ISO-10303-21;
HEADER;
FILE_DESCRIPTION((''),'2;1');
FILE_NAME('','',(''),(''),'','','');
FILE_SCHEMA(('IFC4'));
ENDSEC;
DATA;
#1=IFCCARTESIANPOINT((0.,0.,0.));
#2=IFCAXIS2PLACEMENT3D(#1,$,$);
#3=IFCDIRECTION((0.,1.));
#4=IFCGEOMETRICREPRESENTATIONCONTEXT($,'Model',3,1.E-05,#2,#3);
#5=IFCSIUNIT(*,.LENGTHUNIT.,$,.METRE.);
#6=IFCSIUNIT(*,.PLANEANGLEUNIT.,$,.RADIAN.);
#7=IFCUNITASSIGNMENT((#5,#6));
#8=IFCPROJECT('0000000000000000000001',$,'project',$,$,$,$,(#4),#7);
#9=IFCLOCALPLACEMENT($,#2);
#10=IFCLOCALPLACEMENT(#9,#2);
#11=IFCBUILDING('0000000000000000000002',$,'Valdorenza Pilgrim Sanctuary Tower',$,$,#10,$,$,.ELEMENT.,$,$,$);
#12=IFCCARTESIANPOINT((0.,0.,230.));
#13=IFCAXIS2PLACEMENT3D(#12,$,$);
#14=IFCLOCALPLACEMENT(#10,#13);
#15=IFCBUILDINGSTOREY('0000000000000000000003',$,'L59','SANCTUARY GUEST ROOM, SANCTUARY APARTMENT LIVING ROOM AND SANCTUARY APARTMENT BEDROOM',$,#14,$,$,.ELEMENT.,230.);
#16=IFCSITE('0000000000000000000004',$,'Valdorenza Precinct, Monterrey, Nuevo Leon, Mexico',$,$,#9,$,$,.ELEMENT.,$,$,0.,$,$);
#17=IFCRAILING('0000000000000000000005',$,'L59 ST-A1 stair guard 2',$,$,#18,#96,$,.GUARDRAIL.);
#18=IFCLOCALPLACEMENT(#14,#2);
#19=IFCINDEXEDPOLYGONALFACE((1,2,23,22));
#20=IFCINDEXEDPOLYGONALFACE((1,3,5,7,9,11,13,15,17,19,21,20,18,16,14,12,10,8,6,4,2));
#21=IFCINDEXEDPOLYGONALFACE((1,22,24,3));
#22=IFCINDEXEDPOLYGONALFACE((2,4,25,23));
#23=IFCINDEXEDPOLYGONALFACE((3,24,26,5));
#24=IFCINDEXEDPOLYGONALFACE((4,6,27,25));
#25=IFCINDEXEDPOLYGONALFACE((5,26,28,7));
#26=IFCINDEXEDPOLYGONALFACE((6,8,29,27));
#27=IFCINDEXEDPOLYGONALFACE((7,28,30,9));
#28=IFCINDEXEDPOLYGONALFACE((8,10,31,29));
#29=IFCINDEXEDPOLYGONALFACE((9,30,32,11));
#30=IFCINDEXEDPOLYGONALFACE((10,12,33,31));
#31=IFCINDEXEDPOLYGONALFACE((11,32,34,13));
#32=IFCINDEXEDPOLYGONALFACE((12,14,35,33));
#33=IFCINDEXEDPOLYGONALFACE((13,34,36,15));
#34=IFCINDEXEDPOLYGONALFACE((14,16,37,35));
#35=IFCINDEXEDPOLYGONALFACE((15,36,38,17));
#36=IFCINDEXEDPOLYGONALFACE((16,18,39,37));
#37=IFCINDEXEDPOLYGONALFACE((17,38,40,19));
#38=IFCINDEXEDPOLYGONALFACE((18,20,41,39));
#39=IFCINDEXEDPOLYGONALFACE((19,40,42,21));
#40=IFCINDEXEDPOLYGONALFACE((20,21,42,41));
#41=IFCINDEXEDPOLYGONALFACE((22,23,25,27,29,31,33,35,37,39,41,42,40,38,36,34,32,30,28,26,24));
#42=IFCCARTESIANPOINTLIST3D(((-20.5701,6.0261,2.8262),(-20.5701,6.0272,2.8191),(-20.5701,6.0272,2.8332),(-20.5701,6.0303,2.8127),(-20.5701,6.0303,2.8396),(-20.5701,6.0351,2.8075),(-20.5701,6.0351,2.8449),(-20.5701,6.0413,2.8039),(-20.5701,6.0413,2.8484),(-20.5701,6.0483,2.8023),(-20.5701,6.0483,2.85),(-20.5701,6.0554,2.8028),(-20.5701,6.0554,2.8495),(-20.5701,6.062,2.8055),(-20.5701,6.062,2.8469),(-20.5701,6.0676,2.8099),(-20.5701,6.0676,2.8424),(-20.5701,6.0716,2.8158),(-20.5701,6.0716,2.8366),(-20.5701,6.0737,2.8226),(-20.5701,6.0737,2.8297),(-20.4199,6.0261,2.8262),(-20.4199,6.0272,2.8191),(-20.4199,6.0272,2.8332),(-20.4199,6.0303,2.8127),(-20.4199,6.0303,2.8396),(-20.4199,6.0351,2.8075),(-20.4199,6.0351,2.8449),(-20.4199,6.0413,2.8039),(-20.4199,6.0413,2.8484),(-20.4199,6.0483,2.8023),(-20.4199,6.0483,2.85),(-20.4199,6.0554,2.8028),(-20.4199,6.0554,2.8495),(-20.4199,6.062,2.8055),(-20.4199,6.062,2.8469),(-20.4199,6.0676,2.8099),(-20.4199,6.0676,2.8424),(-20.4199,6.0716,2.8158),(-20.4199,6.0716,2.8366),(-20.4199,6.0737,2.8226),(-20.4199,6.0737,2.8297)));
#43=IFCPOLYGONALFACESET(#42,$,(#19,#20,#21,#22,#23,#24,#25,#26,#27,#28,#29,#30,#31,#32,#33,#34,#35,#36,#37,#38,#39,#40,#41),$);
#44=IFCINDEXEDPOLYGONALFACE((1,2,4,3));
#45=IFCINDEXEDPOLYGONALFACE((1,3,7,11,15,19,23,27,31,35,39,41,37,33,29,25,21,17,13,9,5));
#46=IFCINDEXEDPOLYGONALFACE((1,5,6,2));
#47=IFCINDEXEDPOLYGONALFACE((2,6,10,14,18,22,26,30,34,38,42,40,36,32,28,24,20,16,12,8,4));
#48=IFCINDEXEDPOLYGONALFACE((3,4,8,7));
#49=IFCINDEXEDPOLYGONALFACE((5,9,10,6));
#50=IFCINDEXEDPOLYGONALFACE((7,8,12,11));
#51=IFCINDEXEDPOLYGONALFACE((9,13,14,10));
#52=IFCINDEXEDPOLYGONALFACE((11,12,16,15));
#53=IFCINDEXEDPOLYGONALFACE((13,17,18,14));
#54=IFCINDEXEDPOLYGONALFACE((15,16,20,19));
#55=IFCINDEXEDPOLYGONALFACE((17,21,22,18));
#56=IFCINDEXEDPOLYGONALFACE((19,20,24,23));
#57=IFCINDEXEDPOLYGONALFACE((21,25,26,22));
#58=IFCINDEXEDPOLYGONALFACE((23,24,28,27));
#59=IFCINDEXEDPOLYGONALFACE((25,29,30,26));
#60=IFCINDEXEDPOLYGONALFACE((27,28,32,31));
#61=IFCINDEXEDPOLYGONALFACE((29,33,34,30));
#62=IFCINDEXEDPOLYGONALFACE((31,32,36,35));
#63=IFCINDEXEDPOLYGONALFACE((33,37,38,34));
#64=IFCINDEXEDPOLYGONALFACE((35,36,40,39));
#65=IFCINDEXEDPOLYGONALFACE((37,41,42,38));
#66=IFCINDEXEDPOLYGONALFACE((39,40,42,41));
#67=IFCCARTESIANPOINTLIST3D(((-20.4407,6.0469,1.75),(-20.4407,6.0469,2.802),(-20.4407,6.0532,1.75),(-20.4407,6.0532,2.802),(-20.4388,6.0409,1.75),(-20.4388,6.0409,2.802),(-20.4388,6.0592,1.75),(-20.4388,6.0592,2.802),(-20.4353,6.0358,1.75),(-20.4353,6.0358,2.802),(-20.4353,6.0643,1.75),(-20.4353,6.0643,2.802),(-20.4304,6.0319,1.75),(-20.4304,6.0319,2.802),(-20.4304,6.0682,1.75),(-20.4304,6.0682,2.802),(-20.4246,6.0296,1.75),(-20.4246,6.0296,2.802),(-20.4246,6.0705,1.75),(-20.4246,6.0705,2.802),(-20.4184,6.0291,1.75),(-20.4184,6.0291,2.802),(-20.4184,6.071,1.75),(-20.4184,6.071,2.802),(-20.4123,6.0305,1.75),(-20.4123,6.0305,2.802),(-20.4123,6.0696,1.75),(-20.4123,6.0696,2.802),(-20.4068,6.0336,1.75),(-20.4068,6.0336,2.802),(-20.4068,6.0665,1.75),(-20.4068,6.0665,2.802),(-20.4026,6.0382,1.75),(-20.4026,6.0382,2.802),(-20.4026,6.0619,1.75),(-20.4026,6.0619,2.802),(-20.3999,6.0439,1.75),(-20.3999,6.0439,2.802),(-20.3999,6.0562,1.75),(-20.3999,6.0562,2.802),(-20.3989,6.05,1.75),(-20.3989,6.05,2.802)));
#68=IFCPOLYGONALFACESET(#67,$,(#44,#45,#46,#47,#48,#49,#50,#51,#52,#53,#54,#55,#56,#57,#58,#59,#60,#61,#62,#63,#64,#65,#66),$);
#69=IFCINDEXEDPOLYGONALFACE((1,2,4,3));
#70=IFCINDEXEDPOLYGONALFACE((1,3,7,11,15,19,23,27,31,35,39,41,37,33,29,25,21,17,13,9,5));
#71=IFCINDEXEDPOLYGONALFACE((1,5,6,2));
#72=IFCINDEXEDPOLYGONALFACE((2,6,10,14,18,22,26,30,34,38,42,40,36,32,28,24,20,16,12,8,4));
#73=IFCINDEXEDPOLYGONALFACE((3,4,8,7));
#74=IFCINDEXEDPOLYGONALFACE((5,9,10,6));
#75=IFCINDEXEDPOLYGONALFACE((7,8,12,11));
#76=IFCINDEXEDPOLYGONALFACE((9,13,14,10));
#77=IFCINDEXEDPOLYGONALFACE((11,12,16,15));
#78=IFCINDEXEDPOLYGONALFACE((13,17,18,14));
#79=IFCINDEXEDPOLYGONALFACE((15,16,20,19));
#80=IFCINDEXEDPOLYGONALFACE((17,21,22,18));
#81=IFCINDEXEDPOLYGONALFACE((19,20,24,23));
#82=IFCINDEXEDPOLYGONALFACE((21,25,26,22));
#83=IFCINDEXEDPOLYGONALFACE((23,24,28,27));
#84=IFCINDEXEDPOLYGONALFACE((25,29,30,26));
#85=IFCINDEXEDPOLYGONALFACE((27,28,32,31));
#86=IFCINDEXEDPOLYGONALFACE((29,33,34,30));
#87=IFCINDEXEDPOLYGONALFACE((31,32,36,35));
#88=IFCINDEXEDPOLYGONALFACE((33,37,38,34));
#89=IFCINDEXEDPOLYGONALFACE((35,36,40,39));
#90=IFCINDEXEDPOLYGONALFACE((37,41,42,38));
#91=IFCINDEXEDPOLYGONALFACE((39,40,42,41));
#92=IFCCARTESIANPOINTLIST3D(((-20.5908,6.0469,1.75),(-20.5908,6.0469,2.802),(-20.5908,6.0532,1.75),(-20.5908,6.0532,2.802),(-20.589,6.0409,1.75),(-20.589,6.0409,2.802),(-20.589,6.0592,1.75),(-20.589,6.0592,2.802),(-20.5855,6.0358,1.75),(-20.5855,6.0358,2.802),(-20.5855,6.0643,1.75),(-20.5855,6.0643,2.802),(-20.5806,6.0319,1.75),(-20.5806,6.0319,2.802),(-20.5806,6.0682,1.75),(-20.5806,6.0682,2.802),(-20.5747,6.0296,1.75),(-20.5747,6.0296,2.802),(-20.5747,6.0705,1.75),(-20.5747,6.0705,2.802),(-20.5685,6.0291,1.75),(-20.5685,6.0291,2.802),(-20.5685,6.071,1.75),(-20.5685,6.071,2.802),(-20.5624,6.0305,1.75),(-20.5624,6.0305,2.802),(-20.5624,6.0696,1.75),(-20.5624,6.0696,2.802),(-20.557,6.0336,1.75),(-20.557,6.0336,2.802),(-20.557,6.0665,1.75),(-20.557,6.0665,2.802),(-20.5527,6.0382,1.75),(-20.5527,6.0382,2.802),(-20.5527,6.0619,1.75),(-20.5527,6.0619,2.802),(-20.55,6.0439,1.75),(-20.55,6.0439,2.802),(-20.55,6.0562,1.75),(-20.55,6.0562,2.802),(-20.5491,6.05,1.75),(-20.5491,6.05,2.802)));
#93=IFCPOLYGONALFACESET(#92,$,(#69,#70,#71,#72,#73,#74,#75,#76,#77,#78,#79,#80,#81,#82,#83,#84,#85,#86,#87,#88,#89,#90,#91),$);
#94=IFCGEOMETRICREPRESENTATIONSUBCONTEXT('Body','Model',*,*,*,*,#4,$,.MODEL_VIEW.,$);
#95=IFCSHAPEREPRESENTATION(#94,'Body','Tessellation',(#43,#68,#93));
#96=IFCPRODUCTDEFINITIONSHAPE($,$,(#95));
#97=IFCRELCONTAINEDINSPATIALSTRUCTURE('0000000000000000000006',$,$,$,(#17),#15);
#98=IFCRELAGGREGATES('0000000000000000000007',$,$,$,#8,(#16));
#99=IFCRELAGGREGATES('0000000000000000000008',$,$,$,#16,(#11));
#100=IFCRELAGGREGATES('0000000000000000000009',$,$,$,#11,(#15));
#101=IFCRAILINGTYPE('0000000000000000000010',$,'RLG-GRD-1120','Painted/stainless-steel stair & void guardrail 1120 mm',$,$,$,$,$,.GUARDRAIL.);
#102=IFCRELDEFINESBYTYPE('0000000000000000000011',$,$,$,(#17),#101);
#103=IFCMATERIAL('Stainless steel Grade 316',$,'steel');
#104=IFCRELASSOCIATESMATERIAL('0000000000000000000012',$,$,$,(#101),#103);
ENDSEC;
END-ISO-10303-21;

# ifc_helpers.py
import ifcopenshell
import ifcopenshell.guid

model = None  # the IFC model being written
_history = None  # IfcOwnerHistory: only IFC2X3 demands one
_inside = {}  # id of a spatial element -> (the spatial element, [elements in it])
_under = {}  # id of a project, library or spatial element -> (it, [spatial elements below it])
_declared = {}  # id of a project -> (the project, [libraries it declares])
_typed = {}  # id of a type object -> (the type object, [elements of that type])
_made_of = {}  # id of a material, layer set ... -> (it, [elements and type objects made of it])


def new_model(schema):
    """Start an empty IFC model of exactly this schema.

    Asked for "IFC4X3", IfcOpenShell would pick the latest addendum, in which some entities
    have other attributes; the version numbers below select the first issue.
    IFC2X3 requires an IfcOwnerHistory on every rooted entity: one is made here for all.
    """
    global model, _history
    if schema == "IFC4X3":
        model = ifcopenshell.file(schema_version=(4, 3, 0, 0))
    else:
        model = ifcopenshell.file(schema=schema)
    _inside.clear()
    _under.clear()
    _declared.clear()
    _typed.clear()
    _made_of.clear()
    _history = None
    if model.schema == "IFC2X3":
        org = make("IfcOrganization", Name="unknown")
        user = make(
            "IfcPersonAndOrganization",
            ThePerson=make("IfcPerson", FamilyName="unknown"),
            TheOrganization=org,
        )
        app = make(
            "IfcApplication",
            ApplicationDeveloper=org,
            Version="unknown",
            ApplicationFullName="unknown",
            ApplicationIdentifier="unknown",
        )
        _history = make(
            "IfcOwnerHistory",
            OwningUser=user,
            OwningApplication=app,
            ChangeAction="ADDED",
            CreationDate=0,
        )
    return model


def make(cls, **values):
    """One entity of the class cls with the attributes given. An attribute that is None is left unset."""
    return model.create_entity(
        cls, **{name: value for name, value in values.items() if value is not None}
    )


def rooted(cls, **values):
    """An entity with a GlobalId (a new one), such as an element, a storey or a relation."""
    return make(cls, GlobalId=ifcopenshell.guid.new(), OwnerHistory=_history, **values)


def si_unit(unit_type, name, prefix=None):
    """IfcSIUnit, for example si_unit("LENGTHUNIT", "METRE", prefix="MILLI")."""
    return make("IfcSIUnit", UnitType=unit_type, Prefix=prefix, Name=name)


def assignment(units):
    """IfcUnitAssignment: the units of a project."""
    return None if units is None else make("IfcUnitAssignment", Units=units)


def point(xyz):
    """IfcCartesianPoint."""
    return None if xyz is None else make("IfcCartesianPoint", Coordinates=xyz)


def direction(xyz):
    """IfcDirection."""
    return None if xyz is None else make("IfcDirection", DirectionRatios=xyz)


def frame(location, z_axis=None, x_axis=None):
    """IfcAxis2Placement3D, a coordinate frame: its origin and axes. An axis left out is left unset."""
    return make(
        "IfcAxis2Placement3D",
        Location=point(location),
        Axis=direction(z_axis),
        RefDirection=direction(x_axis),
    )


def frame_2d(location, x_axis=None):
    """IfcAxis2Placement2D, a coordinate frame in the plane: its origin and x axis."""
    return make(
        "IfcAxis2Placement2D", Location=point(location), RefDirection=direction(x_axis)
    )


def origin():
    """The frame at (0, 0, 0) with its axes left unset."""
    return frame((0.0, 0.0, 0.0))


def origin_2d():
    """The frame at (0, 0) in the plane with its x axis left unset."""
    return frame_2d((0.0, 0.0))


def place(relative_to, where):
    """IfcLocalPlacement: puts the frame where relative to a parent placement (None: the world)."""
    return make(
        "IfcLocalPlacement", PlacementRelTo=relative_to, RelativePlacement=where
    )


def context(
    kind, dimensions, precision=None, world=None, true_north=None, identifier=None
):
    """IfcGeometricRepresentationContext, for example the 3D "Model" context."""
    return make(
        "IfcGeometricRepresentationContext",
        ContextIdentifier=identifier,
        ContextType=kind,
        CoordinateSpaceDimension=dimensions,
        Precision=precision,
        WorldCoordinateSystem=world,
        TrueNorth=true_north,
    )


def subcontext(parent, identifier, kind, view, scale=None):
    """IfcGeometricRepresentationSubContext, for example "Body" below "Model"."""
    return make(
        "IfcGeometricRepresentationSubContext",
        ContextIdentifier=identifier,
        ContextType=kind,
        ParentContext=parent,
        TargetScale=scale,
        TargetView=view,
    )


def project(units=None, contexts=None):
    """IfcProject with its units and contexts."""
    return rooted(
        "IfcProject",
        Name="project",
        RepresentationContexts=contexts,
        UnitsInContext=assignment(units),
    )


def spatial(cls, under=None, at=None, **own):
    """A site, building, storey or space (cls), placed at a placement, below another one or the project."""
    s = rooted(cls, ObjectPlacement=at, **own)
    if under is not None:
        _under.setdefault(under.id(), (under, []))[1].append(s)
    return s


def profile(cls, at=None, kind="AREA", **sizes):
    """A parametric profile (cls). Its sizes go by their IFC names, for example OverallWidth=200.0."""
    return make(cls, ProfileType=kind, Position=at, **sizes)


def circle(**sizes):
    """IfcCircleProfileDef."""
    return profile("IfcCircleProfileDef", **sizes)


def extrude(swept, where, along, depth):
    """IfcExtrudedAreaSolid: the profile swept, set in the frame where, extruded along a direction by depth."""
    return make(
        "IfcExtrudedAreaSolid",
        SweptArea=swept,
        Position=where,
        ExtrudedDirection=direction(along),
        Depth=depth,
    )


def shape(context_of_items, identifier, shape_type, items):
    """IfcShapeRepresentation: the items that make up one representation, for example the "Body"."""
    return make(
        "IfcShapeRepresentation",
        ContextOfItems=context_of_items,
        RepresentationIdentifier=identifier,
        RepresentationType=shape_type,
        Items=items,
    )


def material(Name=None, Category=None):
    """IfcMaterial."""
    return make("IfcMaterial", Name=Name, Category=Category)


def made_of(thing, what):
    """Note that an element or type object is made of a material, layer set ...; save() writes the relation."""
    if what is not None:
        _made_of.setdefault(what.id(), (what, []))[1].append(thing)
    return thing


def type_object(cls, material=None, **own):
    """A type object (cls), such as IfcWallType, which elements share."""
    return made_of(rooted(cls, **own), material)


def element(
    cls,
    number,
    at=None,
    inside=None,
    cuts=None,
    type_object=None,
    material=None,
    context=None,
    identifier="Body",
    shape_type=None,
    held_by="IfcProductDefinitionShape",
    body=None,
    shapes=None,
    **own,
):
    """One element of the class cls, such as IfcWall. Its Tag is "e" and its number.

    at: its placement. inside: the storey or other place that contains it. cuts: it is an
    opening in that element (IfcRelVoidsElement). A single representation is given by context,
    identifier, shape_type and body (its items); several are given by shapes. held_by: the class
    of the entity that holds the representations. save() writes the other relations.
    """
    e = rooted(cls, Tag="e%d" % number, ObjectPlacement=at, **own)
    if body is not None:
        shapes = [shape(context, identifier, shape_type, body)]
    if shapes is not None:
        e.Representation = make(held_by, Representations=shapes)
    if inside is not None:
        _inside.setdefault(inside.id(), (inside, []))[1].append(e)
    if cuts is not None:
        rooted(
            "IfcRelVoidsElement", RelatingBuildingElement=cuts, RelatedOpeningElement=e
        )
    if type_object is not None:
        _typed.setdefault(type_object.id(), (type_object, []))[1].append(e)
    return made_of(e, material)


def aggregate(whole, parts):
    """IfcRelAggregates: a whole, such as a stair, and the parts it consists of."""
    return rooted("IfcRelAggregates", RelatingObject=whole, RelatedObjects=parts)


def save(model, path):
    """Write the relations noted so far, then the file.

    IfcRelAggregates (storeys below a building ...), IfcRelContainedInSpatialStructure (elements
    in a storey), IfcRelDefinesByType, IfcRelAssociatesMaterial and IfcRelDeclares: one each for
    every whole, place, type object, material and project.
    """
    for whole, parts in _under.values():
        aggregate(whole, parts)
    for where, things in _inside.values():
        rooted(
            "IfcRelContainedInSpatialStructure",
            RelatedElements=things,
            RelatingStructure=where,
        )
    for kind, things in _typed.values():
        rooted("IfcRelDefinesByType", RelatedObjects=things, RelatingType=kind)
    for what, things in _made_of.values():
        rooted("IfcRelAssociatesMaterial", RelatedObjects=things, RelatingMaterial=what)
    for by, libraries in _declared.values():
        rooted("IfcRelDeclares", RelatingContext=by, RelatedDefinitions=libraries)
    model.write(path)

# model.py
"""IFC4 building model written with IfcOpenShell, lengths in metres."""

from ifc_helpers import new_model, si_unit, direction, frame, origin, origin_2d, place, context, subcontext, project, spatial, circle, extrude, material, type_object, element, save


model = new_model("IFC4")

# Units and contexts
model_context = context("Model", 3, precision=1e-05, world=origin(), true_north=direction((0.0, 1.0)))
body_context = subcontext(model_context, "Body", "Model", "MODEL_VIEW")
ifc_project = project(units=[si_unit("LENGTHUNIT", "METRE"), si_unit("PLANEANGLEUNIT", "RADIAN")], contexts=[model_context])

# Site, building, storey
site_placement = place(None, origin())
site = spatial("IfcSite", under=ifc_project, at=site_placement, Name="Valdorenza Precinct, Monterrey, Nuevo Leon, Mexico", CompositionType="ELEMENT", RefElevation=0.0)
building_placement = place(site_placement, origin())
building = spatial("IfcBuilding", under=site, at=building_placement, Name="Valdorenza Pilgrim Sanctuary Tower", CompositionType="ELEMENT")
storey_placement = place(building_placement, frame((0.0, 0.0, 230.0)))
storey = spatial("IfcBuildingStorey", under=building, at=storey_placement, Name="L59", Description="SANCTUARY GUEST ROOM, SANCTUARY APARTMENT LIVING ROOM AND SANCTUARY APARTMENT BEDROOM", CompositionType="ELEMENT", Elevation=230.0)

# Railing
ifc_material_1 = material(Name="Stainless steel Grade 316", Category="steel")
railing_type_1 = type_object("IfcRailingType", Name="RLG-GRD-1120", Description="Painted/stainless-steel stair & void guardrail 1120 mm", PredefinedType="GUARDRAIL", material=ifc_material_1)
railing_1_placement = place(storey_placement, frame((-20.4199, 6.05, 1.75)))
element("IfcRailing", 1, at=railing_1_placement, inside=storey, type_object=railing_type_1, Name="L59 ST-A1 stair guard 2", PredefinedType="GUARDRAIL", context=body_context, shape_type="SweptSolid", body=[
    extrude(circle(Radius=0.0239, at=origin_2d()), frame((0.0, 0.0, 1.0762), z_axis=(-1.0, 0.0, 0.0), x_axis=(0.0, -1.0, 0.0)), (0.0, 0.0, 1.0), 0.1501),
    extrude(circle(Radius=0.021, at=origin_2d()), origin(), (0.0, 0.0, 1.0), 1.052),
    extrude(circle(Radius=0.021, at=origin_2d()), frame((-0.1501, 0.0, 0.0)), (0.0, 0.0, 1.0), 1.052),
])

save(model, "model.ifc")
